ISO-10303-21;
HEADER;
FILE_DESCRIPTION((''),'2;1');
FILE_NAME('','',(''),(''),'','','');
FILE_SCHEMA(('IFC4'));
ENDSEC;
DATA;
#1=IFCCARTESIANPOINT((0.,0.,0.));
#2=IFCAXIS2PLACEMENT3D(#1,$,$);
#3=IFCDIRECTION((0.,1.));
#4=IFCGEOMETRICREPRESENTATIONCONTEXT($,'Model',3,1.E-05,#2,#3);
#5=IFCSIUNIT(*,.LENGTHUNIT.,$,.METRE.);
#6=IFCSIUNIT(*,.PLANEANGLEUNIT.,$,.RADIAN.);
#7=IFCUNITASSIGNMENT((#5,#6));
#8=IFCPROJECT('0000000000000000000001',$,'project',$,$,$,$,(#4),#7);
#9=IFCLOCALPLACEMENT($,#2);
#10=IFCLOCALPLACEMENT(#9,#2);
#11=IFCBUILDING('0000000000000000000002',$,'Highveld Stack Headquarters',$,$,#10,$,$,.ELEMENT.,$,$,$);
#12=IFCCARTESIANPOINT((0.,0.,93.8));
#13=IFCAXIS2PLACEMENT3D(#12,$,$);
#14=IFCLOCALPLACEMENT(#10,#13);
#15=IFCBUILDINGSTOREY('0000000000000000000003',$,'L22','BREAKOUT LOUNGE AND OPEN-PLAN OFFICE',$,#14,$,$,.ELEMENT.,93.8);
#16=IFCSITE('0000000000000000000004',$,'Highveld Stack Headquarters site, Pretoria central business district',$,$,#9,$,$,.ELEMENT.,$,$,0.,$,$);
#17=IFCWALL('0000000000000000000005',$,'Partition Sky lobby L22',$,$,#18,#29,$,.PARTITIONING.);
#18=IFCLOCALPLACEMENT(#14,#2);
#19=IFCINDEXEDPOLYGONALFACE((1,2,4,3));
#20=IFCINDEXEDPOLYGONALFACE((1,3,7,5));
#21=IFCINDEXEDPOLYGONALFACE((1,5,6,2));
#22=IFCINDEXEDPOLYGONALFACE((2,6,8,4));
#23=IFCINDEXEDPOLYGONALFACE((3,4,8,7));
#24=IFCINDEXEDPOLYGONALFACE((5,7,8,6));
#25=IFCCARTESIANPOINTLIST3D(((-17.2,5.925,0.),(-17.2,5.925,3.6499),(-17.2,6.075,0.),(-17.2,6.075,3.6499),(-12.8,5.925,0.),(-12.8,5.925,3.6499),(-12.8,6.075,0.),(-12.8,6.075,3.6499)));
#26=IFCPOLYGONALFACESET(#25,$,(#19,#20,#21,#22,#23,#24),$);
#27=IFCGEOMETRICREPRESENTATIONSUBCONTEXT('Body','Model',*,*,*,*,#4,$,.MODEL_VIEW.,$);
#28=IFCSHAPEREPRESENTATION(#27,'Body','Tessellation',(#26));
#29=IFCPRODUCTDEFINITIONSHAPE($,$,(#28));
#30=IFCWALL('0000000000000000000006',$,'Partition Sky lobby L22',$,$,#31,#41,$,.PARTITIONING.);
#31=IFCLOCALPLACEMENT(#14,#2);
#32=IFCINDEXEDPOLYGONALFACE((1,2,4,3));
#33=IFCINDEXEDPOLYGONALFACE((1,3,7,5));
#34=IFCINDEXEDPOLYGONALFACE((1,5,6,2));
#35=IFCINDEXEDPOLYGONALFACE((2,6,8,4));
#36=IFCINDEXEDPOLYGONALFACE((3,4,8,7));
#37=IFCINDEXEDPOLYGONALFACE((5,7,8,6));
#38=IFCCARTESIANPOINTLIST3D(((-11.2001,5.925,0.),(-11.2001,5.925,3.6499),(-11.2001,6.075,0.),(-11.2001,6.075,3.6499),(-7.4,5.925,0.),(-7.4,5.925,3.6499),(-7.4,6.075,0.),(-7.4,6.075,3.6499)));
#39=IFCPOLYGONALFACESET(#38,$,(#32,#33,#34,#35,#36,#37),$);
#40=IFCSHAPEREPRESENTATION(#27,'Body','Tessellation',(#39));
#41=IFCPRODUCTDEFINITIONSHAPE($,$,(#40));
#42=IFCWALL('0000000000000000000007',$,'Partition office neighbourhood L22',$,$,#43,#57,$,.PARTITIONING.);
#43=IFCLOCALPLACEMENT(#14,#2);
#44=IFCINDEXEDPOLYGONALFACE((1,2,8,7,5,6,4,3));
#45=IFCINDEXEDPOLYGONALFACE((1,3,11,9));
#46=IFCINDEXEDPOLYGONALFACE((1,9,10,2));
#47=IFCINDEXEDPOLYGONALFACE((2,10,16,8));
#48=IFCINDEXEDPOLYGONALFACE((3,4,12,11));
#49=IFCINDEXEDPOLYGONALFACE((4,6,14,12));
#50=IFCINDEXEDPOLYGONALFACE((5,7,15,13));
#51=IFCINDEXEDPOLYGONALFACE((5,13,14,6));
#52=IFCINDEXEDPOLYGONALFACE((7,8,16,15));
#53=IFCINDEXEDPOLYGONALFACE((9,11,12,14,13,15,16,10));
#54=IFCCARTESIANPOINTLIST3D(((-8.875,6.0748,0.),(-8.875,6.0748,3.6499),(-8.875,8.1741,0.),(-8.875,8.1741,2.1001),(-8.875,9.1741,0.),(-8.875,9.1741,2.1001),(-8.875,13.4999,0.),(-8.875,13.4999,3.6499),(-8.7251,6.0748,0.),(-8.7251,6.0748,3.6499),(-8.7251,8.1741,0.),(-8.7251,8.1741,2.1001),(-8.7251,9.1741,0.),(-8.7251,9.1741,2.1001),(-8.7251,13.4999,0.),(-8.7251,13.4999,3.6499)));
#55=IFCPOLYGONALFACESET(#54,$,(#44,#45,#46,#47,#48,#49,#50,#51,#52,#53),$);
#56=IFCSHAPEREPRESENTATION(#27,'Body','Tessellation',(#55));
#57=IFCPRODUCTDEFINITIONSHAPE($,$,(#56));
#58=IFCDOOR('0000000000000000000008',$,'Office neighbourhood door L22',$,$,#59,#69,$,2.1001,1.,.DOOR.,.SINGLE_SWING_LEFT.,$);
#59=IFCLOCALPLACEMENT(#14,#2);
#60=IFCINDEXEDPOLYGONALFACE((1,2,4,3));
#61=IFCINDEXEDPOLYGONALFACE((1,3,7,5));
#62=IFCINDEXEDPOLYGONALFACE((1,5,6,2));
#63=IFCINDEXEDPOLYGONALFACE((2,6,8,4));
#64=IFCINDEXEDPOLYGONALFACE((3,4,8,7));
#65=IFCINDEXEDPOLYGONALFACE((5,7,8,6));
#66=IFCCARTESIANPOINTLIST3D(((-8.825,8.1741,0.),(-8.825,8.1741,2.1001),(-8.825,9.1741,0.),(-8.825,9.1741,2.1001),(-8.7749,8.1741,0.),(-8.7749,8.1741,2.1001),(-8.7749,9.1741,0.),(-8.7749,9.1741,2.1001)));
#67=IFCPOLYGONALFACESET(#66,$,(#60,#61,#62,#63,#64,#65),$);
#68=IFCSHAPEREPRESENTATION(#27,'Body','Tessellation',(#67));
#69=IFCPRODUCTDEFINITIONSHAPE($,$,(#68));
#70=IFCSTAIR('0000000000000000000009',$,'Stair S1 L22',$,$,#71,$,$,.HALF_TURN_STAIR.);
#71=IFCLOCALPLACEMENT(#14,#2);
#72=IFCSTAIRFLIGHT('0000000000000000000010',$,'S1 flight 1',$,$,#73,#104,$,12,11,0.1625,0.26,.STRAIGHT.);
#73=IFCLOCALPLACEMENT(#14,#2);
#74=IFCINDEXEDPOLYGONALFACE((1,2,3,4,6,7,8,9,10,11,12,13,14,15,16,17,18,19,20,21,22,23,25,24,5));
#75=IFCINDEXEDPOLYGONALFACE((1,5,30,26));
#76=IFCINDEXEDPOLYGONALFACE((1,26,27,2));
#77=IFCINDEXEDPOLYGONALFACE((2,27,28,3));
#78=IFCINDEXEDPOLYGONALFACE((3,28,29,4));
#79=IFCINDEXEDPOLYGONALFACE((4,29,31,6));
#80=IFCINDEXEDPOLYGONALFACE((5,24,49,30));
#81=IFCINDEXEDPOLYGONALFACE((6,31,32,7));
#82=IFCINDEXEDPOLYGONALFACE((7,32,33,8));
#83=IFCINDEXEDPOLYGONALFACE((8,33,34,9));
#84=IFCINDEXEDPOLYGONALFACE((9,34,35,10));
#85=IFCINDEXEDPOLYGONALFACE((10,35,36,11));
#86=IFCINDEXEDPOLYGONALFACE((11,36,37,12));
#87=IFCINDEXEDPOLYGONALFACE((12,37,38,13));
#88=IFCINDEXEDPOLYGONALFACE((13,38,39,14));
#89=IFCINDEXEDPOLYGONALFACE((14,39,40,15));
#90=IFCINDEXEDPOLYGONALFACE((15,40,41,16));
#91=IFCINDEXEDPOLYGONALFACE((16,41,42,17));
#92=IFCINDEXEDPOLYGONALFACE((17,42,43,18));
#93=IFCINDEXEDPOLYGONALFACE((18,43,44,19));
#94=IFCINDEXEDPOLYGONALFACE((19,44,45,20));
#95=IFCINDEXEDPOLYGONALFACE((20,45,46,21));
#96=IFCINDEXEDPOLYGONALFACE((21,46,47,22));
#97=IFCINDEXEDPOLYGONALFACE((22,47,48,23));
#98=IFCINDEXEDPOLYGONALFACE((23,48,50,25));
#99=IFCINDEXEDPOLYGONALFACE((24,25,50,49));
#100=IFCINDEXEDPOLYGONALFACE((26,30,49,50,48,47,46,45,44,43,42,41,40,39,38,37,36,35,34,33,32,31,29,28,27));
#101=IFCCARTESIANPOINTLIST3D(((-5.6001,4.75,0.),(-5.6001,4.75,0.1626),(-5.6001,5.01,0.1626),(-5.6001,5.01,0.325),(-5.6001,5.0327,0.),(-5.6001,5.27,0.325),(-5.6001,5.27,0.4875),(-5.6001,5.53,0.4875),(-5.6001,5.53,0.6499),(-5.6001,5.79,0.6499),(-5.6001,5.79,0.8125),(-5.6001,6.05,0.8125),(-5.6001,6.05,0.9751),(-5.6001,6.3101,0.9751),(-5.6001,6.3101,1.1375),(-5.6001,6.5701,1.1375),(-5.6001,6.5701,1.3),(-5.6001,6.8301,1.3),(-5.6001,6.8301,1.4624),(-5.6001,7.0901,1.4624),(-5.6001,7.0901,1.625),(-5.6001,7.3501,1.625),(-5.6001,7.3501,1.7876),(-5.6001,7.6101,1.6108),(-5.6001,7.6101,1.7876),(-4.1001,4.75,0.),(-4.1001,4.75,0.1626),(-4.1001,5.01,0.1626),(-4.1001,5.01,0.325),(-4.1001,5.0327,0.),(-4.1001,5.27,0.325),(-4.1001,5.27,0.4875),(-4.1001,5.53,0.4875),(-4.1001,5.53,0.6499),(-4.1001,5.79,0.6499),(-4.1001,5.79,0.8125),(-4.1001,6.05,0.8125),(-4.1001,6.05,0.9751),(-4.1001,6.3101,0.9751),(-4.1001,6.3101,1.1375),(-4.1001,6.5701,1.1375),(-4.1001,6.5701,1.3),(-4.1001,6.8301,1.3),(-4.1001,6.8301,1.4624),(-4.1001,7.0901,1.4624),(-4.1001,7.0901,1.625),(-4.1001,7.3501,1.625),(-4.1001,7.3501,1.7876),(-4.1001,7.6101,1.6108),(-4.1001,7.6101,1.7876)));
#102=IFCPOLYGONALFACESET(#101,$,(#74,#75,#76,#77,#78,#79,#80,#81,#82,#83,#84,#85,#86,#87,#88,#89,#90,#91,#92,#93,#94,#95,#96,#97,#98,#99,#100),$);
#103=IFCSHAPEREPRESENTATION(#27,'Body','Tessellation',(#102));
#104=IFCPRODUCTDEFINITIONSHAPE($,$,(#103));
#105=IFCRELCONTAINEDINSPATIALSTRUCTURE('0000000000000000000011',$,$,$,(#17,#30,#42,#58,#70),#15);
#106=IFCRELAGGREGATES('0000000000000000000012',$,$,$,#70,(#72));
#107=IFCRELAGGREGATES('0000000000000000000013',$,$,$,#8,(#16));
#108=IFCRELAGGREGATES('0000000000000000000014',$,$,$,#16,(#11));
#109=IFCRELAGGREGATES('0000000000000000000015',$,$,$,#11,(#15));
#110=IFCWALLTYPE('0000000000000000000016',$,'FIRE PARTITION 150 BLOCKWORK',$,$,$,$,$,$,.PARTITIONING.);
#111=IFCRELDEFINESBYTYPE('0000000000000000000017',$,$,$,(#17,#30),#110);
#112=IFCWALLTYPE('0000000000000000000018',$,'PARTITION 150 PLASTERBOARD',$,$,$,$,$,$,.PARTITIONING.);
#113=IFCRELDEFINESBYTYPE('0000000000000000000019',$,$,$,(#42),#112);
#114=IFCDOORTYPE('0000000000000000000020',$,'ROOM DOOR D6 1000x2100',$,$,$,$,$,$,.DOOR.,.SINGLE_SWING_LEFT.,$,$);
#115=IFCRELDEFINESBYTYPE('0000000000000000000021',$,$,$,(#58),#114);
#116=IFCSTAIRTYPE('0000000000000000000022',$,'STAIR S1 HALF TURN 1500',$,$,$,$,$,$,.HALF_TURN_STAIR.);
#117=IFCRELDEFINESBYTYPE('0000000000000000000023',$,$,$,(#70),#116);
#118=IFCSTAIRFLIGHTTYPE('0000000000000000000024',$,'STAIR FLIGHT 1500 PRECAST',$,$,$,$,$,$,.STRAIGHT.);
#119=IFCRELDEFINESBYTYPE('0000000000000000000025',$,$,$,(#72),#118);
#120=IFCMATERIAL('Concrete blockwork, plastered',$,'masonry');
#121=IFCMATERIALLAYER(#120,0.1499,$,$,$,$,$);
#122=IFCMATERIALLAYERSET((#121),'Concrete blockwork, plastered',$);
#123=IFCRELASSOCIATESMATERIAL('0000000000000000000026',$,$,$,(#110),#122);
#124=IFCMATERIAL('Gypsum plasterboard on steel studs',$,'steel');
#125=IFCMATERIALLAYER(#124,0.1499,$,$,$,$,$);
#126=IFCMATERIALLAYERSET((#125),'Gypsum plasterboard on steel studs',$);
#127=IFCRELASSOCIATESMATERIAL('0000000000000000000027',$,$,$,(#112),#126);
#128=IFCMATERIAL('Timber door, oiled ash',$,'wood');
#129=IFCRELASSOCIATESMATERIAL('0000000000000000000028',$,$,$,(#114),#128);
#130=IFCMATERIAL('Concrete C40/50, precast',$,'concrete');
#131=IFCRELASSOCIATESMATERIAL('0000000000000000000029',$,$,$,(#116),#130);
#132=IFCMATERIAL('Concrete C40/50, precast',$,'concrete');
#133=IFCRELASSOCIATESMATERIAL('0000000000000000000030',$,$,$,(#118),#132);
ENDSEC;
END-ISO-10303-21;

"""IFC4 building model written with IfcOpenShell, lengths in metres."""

from ifc_helpers import new_model, si_unit, direction, frame, frame_2d, origin, place, context, subcontext, project, spatial, polyline, rectangle, outline, extrude, material, layer, layer_set, type_object, element, fill, aggregate, save


model = new_model("IFC4")

# Units and contexts
model_context = context("Model", 3, precision=1e-05, world=origin(), true_north=direction((0.0, 1.0)))
body_context = subcontext(model_context, "Body", "Model", "MODEL_VIEW")
ifc_project = project(units=[si_unit("LENGTHUNIT", "METRE"), si_unit("PLANEANGLEUNIT", "RADIAN")], contexts=[model_context])

# Site, building, storey
site_placement = place(None, origin())
site = spatial("IfcSite", under=ifc_project, at=site_placement, Name="Highveld Stack Headquarters site, Pretoria central business district", CompositionType="ELEMENT", RefElevation=0.0)
building_placement = place(site_placement, origin())
building = spatial("IfcBuilding", under=site, at=building_placement, Name="Highveld Stack Headquarters", CompositionType="ELEMENT")
storey_placement = place(building_placement, frame((0.0, 0.0, 93.8)))
storey = spatial("IfcBuildingStorey", under=building, at=storey_placement, Name="L22", Description="BREAKOUT LOUNGE AND OPEN-PLAN OFFICE", CompositionType="ELEMENT", Elevation=93.8)

# Walls
ifc_material_1 = material(Name="Concrete blockwork, plastered", Category="masonry")
ifc_layer_1 = layer(ifc_material_1, 0.1499)
ifc_layer_set_1 = layer_set([ifc_layer_1], Name="Concrete blockwork, plastered")
wall_type_1 = type_object("IfcWallType", Name="FIRE PARTITION 150 BLOCKWORK", PredefinedType="PARTITIONING", material=ifc_layer_set_1)
wall_1_placement = place(storey_placement, frame((-17.2, 6.0, 0.0), z_axis=(0.0, 0.0, 1.0), x_axis=(1.0, 0.0, 0.0)))
element("IfcWall", 1, at=wall_1_placement, inside=storey, type_object=wall_type_1, Name="Partition Sky lobby L22", PredefinedType="PARTITIONING", context=body_context, shape_type="SweptSolid", body=[
    extrude(rectangle(XDim=4.3999, YDim=0.1499, at=frame_2d((2.2, 0.0))), origin(), (0.0, 0.0, 1.0), 3.6499),
])
wall_2_placement = place(storey_placement, frame((-11.2, 6.0, 0.0), z_axis=(0.0, 0.0, 1.0), x_axis=(1.0, 0.0, 0.0)))
element("IfcWall", 2, at=wall_2_placement, inside=storey, type_object=wall_type_1, Name="Partition Sky lobby L22", PredefinedType="PARTITIONING", context=body_context, shape_type="SweptSolid", body=[
    extrude(rectangle(XDim=3.8, YDim=0.1499, at=frame_2d((1.8999, 0.0))), origin(), (0.0, 0.0, 1.0), 3.6499),
])

# Wall, opening, door
ifc_material_2 = material(Name="Gypsum plasterboard on steel studs", Category="steel")
ifc_layer_2 = layer(ifc_material_2, 0.1499)
ifc_layer_set_2 = layer_set([ifc_layer_2], Name="Gypsum plasterboard on steel studs")
wall_type_2 = type_object("IfcWallType", Name="PARTITION 150 PLASTERBOARD", PredefinedType="PARTITIONING", material=ifc_layer_set_2)
wall_3_placement = place(storey_placement, frame((-8.8, 6.075, 0.0), z_axis=(0.0, 0.0, 1.0), x_axis=(0.0, 1.0, 0.0)))
wall_3 = element("IfcWall", 3, at=wall_3_placement, inside=storey, type_object=wall_type_2, Name="Partition office neighbourhood L22", PredefinedType="PARTITIONING", context=body_context, shape_type="SweptSolid", body=[
    extrude(rectangle(XDim=7.425, YDim=0.1499, at=frame_2d((3.7124, 0.0))), origin(), (0.0, 0.0, 1.0), 3.6499),
])
opening_1_placement = place(wall_3_placement, frame((2.0991, 0.0, 0.0)))
opening_1 = element("IfcOpeningElement", 4, at=opening_1_placement, cuts=wall_3, PredefinedType="OPENING", context=body_context, shape_type="SweptSolid", body=[
    extrude(rectangle(XDim=1.0, YDim=2.1001, at=frame_2d((0.5, 1.05))), frame((0.0, 0.085, 0.0), z_axis=(0.0, -1.0, 0.0), x_axis=(1.0, 0.0, 0.0)), (0.0, 0.0, 1.0), 0.1699),
])
ifc_material_3 = material(Name="Timber door, oiled ash", Category="wood")
door_type_1 = type_object("IfcDoorType", Name="ROOM DOOR D6 1000x2100", OperationType="SINGLE_SWING_LEFT", PredefinedType="DOOR", material=ifc_material_3)
door_1_placement = place(opening_1_placement, origin())
door_1 = element("IfcDoor", 5, at=door_1_placement, inside=storey, type_object=door_type_1, Name="Office neighbourhood door L22", OperationType="SINGLE_SWING_LEFT", OverallHeight=2.1001, OverallWidth=1.0, PredefinedType="DOOR", context=body_context, shape_type="SweptSolid", body=[
    extrude(rectangle(XDim=1.0, YDim=2.1001, at=frame_2d((0.5, 1.05))), frame((0.0, 0.0249, 0.0), z_axis=(0.0, -1.0, 0.0), x_axis=(1.0, 0.0, 0.0)), (0.0, 0.0, 1.0), 0.05),
])
fill(opening_1, door_1)

# Stair, stair flight
ifc_material_4 = material(Name="Concrete C40/50, precast", Category="concrete")
stair_type = type_object("IfcStairType", Name="STAIR S1 HALF TURN 1500", PredefinedType="HALF_TURN_STAIR", material=ifc_material_4)
stair_placement = place(storey_placement, origin())
stair = element("IfcStair", 6, at=stair_placement, inside=storey, type_object=stair_type, Name="Stair S1 L22", PredefinedType="HALF_TURN_STAIR")
ifc_material_5 = material(Name="Concrete C40/50, precast", Category="concrete")
stair_flight_type = type_object("IfcStairFlightType", Name="STAIR FLIGHT 1500 PRECAST", PredefinedType="STRAIGHT", material=ifc_material_5)
stair_flight_placement = place(storey_placement, frame((-4.8501, 4.75, 0.0), z_axis=(0.0, 0.0, 1.0), x_axis=(0.0, 1.0, 0.0)))
stair_flight = element("IfcStairFlight", 7, at=stair_flight_placement, type_object=stair_flight_type, Name="S1 flight 1", NumberOfRisers=12, NumberOfTreads=11, PredefinedType="STRAIGHT", RiserHeight=0.1625, TreadLength=0.26, context=body_context, shape_type="SweptSolid", body=[
    extrude(outline(polyline([(0.0, 0.0), (0.0, 0.1626), (0.26, 0.1626), (0.26, 0.325), (0.52, 0.325), (0.52, 0.4875), (0.78, 0.4875), (0.78, 0.6499), (1.04, 0.6499), (1.04, 0.8125), (1.3, 0.8125), (1.3, 0.9751), (1.5601, 0.9751), (1.5601, 1.1375), (1.8201, 1.1375), (1.8201, 1.3), (2.0801, 1.3), (2.0801, 1.4624), (2.3401, 1.4624), (2.3401, 1.625), (2.6001, 1.625), (2.6001, 1.7876), (2.8601, 1.7876), (2.8601, 1.95), (2.8601, 1.6108), (0.2827, 0.0), (0.0, 0.0)])), frame((0.0, 0.75, 0.0), z_axis=(0.0, -1.0, 0.0), x_axis=(1.0, 0.0, 0.0)), (0.0, 0.0, 1.0), 1.5),
])
aggregate(stair, [stair_flight])

save(model, "model.ifc")
